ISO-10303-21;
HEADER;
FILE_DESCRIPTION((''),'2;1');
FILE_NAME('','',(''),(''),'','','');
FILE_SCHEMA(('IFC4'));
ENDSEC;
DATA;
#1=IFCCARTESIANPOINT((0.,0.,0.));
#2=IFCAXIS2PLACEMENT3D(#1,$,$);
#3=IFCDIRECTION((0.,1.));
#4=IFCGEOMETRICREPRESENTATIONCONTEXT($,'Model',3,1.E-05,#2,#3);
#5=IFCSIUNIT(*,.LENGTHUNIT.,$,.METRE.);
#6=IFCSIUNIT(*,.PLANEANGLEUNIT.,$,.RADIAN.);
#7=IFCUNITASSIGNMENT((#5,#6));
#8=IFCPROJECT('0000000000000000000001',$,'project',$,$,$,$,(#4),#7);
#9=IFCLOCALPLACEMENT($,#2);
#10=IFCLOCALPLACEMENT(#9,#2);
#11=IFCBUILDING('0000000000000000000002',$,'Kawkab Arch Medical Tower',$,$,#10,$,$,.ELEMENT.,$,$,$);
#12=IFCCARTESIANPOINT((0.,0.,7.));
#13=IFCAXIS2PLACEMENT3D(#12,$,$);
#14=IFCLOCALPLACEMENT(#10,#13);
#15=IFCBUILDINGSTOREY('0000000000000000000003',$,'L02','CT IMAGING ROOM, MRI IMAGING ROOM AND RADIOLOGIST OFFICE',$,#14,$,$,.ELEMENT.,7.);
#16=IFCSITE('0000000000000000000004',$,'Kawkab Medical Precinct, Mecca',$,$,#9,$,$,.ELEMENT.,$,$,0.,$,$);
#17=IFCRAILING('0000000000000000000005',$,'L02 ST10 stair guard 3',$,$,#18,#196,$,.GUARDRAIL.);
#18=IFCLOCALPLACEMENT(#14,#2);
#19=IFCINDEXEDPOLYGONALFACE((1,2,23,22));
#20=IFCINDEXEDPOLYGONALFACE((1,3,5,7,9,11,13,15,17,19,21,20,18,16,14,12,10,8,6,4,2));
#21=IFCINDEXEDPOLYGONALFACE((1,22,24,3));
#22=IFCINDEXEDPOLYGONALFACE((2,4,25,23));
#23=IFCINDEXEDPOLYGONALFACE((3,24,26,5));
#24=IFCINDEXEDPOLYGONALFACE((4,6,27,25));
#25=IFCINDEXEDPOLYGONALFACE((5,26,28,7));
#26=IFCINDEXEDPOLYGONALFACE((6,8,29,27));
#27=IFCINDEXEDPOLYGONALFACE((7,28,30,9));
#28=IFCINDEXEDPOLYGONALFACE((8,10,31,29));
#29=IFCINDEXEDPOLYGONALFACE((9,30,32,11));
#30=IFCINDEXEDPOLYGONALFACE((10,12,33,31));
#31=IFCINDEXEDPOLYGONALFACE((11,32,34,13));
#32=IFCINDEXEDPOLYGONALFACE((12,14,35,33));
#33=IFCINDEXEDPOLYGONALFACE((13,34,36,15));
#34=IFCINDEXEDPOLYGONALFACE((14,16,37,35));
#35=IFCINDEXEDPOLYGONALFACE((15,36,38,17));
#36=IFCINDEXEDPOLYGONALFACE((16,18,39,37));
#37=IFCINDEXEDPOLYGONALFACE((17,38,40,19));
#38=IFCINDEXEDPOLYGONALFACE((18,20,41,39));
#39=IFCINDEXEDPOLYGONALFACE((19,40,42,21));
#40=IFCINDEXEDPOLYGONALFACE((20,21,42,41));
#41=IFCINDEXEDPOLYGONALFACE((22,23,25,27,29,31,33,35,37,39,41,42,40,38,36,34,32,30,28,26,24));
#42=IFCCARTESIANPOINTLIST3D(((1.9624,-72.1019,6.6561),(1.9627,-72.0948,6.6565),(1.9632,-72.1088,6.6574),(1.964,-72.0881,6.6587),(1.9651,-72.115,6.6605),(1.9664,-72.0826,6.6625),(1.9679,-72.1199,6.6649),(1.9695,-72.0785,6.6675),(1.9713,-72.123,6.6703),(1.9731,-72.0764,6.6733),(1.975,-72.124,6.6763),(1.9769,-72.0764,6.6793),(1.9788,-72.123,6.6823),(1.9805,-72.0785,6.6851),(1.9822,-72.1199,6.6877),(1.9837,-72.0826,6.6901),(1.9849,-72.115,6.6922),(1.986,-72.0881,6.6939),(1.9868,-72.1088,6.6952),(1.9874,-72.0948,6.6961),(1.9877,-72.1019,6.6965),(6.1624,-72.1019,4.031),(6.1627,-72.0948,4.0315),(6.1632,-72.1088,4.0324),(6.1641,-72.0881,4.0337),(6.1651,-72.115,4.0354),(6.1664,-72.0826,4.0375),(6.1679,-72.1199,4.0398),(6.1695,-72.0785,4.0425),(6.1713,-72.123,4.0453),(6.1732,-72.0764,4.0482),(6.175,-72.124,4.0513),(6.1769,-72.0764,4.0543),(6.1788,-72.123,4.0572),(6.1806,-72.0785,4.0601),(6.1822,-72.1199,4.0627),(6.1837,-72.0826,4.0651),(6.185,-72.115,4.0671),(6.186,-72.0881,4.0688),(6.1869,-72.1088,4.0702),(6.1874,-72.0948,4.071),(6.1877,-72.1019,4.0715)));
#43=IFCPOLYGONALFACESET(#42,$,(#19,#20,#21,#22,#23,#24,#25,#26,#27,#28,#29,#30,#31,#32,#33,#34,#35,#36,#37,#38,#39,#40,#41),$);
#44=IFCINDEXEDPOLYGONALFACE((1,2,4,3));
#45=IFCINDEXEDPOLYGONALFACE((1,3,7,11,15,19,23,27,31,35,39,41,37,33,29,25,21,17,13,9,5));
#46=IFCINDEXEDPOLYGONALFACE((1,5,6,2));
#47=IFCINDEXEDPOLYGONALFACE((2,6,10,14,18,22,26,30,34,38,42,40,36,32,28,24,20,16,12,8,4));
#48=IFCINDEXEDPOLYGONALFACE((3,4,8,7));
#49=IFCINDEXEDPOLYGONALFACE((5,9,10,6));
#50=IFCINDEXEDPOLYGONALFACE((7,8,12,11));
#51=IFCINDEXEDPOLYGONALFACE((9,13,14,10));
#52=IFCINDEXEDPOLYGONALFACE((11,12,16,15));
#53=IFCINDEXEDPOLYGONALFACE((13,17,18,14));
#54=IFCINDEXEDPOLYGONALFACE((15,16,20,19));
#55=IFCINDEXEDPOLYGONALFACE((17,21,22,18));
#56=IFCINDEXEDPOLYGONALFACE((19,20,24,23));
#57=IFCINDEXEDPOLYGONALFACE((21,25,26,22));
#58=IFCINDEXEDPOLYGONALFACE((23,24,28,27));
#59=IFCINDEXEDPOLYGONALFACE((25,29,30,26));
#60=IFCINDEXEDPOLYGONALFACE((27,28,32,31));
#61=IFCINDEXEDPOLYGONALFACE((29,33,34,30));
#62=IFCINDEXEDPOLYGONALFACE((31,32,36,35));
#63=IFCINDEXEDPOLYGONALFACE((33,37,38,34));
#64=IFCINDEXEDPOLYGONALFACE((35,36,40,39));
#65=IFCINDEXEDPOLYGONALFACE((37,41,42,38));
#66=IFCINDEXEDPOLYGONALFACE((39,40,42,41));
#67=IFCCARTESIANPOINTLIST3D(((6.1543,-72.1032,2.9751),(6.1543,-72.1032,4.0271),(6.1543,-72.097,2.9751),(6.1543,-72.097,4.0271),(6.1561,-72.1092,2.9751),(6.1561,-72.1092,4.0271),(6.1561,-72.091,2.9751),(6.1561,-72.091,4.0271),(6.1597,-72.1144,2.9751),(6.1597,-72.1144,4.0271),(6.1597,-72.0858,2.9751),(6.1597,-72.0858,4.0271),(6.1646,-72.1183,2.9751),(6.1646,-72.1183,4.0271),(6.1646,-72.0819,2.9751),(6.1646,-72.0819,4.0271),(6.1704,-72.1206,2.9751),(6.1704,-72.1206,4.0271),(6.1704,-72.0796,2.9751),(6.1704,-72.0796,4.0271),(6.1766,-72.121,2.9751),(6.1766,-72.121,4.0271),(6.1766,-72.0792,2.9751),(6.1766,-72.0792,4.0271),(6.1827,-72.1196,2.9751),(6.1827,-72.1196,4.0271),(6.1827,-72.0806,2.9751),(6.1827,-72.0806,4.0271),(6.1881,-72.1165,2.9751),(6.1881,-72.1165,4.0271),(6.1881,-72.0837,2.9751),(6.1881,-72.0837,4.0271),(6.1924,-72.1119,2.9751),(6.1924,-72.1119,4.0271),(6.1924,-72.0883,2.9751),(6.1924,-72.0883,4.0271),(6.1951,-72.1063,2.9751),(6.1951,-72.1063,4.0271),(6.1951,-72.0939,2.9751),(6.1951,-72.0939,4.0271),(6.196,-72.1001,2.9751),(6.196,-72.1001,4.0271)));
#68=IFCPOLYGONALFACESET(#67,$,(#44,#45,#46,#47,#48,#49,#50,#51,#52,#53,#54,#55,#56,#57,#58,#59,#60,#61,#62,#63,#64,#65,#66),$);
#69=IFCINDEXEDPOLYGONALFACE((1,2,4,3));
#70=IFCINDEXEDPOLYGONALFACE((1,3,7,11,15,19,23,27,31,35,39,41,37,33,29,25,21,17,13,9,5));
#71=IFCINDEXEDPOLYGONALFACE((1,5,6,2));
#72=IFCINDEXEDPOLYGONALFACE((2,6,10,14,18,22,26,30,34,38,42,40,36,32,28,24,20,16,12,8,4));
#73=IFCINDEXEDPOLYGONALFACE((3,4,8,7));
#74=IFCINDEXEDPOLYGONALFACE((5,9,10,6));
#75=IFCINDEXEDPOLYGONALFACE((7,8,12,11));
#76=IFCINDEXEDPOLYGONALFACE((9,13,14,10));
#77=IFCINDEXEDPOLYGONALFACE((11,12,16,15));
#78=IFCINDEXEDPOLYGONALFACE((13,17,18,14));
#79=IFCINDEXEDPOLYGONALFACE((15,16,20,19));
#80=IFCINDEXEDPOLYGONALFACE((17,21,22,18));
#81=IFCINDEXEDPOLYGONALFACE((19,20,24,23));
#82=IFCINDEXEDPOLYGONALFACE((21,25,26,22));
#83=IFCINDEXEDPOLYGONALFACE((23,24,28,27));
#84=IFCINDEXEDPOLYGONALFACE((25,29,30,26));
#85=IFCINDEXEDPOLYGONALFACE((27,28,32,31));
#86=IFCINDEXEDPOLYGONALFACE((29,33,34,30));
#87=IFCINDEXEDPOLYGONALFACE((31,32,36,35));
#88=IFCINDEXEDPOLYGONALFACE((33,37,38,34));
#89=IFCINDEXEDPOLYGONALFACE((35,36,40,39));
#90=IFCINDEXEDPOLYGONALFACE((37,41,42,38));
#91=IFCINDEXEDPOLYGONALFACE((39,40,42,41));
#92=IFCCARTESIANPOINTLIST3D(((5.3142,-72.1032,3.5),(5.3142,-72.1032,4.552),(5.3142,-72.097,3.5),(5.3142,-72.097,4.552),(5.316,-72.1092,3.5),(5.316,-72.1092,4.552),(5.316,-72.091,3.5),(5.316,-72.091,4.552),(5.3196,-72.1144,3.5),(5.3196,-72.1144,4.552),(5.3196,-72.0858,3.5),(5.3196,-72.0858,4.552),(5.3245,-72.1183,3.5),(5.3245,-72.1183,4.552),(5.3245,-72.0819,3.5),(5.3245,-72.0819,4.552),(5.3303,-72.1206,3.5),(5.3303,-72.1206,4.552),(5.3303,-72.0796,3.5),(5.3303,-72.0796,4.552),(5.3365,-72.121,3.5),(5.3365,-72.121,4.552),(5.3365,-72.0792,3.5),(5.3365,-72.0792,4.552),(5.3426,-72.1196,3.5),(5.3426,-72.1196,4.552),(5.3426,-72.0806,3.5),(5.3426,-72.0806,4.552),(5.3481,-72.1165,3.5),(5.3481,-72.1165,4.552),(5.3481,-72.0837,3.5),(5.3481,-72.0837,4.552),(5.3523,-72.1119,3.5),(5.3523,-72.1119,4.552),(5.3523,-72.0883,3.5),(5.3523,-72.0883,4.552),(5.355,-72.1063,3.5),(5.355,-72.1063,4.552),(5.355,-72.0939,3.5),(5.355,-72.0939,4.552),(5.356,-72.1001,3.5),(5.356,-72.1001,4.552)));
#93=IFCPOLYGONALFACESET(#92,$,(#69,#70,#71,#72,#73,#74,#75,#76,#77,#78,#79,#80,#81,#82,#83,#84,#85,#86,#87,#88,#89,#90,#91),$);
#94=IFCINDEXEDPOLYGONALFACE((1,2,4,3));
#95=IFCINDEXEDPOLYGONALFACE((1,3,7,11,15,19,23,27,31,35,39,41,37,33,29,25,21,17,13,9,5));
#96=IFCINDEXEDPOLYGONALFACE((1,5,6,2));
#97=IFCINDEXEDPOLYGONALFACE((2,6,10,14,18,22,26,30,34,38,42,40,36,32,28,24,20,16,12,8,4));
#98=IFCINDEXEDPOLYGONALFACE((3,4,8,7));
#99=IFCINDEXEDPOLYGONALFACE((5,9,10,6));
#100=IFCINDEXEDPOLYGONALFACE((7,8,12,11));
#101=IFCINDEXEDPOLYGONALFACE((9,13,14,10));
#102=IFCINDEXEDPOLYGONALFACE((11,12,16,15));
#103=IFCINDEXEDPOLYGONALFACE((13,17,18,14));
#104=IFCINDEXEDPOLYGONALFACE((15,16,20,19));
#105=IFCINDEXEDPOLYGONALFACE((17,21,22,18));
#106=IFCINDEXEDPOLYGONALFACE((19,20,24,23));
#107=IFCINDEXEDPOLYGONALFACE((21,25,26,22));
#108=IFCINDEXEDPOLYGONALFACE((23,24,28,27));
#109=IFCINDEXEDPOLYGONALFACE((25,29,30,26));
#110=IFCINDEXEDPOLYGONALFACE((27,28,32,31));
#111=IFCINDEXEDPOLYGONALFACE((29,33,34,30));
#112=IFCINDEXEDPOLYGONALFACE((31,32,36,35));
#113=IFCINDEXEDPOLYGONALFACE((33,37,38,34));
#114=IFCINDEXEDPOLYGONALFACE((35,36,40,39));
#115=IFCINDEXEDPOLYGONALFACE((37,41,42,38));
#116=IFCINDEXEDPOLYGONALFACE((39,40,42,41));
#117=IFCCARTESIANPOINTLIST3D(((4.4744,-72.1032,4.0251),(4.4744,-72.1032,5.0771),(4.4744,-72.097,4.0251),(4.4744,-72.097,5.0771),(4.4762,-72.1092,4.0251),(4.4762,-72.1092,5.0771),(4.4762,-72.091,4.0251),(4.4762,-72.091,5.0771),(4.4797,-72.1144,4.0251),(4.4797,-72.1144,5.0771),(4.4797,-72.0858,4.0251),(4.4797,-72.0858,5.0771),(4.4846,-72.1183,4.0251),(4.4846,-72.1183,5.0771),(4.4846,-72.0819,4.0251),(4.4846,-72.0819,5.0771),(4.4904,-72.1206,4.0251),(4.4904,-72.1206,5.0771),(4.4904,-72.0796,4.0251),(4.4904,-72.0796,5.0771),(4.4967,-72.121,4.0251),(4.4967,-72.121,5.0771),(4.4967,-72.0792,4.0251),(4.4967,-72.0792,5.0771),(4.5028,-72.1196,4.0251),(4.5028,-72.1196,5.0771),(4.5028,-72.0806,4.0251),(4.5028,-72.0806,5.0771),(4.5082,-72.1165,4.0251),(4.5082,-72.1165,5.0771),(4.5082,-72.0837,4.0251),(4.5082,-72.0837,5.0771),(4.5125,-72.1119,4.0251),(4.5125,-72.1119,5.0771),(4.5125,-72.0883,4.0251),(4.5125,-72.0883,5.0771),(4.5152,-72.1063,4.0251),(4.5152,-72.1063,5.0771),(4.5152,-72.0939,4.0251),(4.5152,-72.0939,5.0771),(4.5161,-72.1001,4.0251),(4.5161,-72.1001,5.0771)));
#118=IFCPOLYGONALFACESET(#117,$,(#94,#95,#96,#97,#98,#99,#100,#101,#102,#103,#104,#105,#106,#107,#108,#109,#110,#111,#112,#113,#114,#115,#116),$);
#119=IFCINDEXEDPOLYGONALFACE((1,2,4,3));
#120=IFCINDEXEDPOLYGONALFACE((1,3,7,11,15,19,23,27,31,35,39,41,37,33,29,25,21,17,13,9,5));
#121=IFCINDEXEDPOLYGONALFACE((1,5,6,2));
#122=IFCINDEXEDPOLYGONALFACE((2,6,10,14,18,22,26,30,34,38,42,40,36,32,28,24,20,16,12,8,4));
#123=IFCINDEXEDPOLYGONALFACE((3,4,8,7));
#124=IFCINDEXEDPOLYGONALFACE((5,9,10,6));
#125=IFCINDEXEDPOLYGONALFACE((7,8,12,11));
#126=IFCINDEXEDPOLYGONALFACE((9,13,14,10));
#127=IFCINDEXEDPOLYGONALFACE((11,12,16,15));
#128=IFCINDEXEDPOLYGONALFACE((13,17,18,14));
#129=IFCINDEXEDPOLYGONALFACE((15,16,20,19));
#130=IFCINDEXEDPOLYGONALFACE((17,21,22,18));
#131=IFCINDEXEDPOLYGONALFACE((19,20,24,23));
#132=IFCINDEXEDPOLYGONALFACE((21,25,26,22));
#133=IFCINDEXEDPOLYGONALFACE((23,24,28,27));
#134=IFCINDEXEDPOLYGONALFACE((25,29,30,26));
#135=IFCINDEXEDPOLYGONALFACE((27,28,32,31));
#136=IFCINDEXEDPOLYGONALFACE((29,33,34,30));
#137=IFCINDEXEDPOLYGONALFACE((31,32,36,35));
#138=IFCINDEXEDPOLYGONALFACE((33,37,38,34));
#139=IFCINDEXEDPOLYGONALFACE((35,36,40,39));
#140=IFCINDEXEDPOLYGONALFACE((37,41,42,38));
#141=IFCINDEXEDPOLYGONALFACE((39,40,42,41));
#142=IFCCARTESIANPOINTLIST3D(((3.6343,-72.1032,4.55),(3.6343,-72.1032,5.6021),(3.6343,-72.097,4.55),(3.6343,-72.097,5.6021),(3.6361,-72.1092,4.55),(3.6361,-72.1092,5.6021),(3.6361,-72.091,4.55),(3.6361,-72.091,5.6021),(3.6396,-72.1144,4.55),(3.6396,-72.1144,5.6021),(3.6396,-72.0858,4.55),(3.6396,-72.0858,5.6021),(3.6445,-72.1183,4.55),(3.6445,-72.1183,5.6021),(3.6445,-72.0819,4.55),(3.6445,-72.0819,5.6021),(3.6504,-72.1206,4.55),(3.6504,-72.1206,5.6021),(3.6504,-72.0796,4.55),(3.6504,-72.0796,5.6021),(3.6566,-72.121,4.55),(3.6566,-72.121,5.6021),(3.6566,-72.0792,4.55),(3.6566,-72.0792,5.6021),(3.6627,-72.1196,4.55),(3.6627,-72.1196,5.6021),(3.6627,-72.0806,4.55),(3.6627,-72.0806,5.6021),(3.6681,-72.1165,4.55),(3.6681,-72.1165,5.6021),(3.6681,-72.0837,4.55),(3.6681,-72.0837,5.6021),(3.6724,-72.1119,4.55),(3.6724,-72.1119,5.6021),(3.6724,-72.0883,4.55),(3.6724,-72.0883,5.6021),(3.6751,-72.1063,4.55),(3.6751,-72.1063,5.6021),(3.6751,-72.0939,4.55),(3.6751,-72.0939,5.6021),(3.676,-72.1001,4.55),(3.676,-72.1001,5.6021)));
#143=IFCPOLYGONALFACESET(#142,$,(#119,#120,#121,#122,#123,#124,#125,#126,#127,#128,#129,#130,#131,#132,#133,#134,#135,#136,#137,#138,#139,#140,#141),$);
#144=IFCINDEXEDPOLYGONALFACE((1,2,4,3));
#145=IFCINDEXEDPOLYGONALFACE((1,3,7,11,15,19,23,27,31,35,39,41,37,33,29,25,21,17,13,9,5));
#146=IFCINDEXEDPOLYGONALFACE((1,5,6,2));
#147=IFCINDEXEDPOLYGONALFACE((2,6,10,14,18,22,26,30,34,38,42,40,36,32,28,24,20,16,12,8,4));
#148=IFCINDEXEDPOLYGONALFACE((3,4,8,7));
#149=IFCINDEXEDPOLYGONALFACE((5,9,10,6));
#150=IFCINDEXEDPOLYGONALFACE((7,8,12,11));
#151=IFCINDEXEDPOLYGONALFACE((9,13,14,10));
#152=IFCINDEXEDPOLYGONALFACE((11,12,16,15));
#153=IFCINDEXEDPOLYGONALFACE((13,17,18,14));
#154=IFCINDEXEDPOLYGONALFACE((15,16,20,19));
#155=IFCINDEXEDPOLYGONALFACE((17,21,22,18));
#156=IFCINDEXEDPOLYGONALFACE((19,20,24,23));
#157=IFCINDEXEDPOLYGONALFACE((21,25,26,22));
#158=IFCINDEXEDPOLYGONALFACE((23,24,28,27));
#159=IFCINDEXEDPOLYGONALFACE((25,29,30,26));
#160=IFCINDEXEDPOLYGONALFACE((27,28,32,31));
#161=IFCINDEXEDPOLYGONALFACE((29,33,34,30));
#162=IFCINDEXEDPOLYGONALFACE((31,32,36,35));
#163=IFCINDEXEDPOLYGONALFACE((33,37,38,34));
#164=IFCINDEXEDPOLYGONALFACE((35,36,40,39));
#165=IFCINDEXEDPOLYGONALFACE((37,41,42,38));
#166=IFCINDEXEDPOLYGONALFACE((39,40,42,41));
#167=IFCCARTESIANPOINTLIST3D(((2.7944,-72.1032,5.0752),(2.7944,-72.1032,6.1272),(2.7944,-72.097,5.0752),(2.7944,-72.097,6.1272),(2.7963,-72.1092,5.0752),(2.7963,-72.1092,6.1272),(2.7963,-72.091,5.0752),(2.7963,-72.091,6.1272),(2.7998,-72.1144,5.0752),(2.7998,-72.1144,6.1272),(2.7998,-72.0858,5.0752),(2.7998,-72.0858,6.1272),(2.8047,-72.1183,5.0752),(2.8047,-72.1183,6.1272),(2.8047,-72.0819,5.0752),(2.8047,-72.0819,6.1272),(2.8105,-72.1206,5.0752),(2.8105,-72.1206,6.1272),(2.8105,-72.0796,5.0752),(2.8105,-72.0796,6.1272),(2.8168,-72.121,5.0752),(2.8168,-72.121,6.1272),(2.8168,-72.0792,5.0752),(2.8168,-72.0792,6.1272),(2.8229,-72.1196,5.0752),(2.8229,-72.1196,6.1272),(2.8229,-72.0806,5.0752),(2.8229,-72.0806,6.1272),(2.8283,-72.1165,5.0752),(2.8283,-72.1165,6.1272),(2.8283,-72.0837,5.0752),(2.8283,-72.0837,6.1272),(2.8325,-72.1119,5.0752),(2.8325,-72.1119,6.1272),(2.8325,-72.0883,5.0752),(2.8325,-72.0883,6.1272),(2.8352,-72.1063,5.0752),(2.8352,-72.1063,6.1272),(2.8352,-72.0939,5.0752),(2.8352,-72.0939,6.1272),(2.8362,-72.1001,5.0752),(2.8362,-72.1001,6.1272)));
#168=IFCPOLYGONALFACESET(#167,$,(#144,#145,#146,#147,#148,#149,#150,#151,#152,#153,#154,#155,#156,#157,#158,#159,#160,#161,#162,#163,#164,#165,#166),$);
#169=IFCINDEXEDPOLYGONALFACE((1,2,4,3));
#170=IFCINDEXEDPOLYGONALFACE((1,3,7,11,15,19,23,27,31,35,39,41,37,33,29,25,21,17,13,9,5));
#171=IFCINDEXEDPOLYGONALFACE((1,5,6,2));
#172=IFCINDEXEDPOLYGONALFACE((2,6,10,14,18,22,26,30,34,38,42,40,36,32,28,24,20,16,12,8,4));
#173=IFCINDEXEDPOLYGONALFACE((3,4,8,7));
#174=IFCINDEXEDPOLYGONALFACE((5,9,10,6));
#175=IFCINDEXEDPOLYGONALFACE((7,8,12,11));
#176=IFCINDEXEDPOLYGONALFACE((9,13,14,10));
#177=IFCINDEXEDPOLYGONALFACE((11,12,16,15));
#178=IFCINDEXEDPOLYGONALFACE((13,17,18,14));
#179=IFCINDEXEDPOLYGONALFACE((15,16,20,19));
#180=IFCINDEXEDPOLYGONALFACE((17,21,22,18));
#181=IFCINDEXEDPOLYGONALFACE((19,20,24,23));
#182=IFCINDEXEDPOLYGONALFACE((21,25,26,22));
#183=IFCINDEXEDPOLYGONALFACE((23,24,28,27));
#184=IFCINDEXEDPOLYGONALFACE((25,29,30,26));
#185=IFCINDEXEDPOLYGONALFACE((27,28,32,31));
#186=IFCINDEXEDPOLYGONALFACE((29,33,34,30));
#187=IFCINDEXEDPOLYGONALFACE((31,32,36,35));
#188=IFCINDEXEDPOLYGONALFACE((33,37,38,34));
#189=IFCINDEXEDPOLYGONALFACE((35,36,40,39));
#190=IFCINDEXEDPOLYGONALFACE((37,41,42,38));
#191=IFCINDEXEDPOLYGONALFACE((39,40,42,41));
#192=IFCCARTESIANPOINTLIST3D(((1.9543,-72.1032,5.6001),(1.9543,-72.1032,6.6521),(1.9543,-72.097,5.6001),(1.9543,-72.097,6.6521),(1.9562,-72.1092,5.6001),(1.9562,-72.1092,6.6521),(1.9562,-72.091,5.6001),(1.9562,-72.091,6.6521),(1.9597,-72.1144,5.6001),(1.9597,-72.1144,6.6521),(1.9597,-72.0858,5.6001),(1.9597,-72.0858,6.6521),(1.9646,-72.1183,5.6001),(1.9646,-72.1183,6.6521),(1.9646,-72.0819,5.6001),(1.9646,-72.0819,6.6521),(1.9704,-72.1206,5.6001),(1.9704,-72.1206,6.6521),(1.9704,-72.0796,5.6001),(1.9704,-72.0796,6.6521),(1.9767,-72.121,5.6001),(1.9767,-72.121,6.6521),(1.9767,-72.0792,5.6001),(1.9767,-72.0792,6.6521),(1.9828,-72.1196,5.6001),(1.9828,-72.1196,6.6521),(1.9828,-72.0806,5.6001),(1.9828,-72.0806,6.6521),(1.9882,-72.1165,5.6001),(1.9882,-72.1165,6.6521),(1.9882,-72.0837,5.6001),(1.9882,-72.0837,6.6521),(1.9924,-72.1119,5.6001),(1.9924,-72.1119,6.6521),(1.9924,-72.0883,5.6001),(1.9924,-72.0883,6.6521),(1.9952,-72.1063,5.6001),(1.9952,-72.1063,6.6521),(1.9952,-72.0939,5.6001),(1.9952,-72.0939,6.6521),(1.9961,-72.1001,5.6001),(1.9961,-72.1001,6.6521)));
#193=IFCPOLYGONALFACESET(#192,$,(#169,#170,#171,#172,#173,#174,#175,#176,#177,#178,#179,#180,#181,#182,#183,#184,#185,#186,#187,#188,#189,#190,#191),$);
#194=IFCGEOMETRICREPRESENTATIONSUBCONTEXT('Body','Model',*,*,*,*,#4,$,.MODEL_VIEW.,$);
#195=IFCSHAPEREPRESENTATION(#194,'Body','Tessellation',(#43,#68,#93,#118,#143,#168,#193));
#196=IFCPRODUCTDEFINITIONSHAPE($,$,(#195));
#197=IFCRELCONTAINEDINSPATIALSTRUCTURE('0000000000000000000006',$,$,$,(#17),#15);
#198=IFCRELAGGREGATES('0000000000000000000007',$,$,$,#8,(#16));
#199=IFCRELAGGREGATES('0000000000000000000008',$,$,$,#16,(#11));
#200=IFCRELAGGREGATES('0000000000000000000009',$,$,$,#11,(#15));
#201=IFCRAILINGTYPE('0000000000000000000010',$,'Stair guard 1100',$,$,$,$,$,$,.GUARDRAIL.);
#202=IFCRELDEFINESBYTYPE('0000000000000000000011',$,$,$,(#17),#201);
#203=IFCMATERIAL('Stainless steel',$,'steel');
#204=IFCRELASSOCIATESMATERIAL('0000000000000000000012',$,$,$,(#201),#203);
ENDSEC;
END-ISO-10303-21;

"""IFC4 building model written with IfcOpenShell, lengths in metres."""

from ifc_helpers import new_model, si_unit, direction, frame, origin, origin_2d, place, context, subcontext, project, spatial, circle, extrude, material, type_object, element, save


model = new_model("IFC4")

# Units and contexts
model_context = context("Model", 3, precision=1e-05, world=origin(), true_north=direction((0.0, 1.0)))
body_context = subcontext(model_context, "Body", "Model", "MODEL_VIEW")
ifc_project = project(units=[si_unit("LENGTHUNIT", "METRE"), si_unit("PLANEANGLEUNIT", "RADIAN")], contexts=[model_context])

# Site, building, storey
site_placement = place(None, origin())
site = spatial("IfcSite", under=ifc_project, at=site_placement, Name="Kawkab Medical Precinct, Mecca", CompositionType="ELEMENT", RefElevation=0.0)
building_placement = place(site_placement, origin())
building = spatial("IfcBuilding", under=site, at=building_placement, Name="Kawkab Arch Medical Tower", CompositionType="ELEMENT")
storey_placement = place(building_placement, frame((0.0, 0.0, 7.0)))
storey = spatial("IfcBuildingStorey", under=building, at=storey_placement, Name="L02", Description="CT IMAGING ROOM, MRI IMAGING ROOM AND RADIOLOGIST OFFICE", CompositionType="ELEMENT", Elevation=7.0)

# Railing
ifc_material_1 = material(Name="Stainless steel", Category="steel")
railing_type = type_object("IfcRailingType", Name="Stair guard 1100", PredefinedType="GUARDRAIL", material=ifc_material_1)
railing_1_placement = place(storey_placement, frame((6.175, -72.1001, 2.9751)))
element("IfcRailing", 1, at=railing_1_placement, inside=storey, type_object=railing_type, Name="L02 ST10 stair guard 3", PredefinedType="GUARDRAIL", context=body_context, shape_type="SweptSolid", body=[
    extrude(circle(Radius=0.0239, at=origin_2d()), frame((0.0, 0.0, 1.0762), z_axis=(-0.847996, 0.0, 0.530003), x_axis=(0.0, -1.0, 0.0)), (0.0, 0.0, 1.0), 4.9529),
    extrude(circle(Radius=0.021, at=origin_2d()), origin(), (0.0, 0.0, 1.0), 1.052),
    extrude(circle(Radius=0.021, at=origin_2d()), frame((-0.8401, 0.0, 0.5249)), (0.0, 0.0, 1.0), 1.052),
    extrude(circle(Radius=0.021, at=origin_2d()), frame((-1.6799, 0.0, 1.05)), (0.0, 0.0, 1.0), 1.052),
    extrude(circle(Radius=0.021, at=origin_2d()), frame((-2.52, 0.0, 1.575)), (0.0, 0.0, 1.0), 1.052),
    extrude(circle(Radius=0.021, at=origin_2d()), frame((-3.3599, 0.0, 2.1001)), (0.0, 0.0, 1.0), 1.052),
    extrude(circle(Radius=0.021, at=origin_2d()), frame((-4.2, 0.0, 2.625)), (0.0, 0.0, 1.0), 1.052),
])

save(model, "model.ifc")
